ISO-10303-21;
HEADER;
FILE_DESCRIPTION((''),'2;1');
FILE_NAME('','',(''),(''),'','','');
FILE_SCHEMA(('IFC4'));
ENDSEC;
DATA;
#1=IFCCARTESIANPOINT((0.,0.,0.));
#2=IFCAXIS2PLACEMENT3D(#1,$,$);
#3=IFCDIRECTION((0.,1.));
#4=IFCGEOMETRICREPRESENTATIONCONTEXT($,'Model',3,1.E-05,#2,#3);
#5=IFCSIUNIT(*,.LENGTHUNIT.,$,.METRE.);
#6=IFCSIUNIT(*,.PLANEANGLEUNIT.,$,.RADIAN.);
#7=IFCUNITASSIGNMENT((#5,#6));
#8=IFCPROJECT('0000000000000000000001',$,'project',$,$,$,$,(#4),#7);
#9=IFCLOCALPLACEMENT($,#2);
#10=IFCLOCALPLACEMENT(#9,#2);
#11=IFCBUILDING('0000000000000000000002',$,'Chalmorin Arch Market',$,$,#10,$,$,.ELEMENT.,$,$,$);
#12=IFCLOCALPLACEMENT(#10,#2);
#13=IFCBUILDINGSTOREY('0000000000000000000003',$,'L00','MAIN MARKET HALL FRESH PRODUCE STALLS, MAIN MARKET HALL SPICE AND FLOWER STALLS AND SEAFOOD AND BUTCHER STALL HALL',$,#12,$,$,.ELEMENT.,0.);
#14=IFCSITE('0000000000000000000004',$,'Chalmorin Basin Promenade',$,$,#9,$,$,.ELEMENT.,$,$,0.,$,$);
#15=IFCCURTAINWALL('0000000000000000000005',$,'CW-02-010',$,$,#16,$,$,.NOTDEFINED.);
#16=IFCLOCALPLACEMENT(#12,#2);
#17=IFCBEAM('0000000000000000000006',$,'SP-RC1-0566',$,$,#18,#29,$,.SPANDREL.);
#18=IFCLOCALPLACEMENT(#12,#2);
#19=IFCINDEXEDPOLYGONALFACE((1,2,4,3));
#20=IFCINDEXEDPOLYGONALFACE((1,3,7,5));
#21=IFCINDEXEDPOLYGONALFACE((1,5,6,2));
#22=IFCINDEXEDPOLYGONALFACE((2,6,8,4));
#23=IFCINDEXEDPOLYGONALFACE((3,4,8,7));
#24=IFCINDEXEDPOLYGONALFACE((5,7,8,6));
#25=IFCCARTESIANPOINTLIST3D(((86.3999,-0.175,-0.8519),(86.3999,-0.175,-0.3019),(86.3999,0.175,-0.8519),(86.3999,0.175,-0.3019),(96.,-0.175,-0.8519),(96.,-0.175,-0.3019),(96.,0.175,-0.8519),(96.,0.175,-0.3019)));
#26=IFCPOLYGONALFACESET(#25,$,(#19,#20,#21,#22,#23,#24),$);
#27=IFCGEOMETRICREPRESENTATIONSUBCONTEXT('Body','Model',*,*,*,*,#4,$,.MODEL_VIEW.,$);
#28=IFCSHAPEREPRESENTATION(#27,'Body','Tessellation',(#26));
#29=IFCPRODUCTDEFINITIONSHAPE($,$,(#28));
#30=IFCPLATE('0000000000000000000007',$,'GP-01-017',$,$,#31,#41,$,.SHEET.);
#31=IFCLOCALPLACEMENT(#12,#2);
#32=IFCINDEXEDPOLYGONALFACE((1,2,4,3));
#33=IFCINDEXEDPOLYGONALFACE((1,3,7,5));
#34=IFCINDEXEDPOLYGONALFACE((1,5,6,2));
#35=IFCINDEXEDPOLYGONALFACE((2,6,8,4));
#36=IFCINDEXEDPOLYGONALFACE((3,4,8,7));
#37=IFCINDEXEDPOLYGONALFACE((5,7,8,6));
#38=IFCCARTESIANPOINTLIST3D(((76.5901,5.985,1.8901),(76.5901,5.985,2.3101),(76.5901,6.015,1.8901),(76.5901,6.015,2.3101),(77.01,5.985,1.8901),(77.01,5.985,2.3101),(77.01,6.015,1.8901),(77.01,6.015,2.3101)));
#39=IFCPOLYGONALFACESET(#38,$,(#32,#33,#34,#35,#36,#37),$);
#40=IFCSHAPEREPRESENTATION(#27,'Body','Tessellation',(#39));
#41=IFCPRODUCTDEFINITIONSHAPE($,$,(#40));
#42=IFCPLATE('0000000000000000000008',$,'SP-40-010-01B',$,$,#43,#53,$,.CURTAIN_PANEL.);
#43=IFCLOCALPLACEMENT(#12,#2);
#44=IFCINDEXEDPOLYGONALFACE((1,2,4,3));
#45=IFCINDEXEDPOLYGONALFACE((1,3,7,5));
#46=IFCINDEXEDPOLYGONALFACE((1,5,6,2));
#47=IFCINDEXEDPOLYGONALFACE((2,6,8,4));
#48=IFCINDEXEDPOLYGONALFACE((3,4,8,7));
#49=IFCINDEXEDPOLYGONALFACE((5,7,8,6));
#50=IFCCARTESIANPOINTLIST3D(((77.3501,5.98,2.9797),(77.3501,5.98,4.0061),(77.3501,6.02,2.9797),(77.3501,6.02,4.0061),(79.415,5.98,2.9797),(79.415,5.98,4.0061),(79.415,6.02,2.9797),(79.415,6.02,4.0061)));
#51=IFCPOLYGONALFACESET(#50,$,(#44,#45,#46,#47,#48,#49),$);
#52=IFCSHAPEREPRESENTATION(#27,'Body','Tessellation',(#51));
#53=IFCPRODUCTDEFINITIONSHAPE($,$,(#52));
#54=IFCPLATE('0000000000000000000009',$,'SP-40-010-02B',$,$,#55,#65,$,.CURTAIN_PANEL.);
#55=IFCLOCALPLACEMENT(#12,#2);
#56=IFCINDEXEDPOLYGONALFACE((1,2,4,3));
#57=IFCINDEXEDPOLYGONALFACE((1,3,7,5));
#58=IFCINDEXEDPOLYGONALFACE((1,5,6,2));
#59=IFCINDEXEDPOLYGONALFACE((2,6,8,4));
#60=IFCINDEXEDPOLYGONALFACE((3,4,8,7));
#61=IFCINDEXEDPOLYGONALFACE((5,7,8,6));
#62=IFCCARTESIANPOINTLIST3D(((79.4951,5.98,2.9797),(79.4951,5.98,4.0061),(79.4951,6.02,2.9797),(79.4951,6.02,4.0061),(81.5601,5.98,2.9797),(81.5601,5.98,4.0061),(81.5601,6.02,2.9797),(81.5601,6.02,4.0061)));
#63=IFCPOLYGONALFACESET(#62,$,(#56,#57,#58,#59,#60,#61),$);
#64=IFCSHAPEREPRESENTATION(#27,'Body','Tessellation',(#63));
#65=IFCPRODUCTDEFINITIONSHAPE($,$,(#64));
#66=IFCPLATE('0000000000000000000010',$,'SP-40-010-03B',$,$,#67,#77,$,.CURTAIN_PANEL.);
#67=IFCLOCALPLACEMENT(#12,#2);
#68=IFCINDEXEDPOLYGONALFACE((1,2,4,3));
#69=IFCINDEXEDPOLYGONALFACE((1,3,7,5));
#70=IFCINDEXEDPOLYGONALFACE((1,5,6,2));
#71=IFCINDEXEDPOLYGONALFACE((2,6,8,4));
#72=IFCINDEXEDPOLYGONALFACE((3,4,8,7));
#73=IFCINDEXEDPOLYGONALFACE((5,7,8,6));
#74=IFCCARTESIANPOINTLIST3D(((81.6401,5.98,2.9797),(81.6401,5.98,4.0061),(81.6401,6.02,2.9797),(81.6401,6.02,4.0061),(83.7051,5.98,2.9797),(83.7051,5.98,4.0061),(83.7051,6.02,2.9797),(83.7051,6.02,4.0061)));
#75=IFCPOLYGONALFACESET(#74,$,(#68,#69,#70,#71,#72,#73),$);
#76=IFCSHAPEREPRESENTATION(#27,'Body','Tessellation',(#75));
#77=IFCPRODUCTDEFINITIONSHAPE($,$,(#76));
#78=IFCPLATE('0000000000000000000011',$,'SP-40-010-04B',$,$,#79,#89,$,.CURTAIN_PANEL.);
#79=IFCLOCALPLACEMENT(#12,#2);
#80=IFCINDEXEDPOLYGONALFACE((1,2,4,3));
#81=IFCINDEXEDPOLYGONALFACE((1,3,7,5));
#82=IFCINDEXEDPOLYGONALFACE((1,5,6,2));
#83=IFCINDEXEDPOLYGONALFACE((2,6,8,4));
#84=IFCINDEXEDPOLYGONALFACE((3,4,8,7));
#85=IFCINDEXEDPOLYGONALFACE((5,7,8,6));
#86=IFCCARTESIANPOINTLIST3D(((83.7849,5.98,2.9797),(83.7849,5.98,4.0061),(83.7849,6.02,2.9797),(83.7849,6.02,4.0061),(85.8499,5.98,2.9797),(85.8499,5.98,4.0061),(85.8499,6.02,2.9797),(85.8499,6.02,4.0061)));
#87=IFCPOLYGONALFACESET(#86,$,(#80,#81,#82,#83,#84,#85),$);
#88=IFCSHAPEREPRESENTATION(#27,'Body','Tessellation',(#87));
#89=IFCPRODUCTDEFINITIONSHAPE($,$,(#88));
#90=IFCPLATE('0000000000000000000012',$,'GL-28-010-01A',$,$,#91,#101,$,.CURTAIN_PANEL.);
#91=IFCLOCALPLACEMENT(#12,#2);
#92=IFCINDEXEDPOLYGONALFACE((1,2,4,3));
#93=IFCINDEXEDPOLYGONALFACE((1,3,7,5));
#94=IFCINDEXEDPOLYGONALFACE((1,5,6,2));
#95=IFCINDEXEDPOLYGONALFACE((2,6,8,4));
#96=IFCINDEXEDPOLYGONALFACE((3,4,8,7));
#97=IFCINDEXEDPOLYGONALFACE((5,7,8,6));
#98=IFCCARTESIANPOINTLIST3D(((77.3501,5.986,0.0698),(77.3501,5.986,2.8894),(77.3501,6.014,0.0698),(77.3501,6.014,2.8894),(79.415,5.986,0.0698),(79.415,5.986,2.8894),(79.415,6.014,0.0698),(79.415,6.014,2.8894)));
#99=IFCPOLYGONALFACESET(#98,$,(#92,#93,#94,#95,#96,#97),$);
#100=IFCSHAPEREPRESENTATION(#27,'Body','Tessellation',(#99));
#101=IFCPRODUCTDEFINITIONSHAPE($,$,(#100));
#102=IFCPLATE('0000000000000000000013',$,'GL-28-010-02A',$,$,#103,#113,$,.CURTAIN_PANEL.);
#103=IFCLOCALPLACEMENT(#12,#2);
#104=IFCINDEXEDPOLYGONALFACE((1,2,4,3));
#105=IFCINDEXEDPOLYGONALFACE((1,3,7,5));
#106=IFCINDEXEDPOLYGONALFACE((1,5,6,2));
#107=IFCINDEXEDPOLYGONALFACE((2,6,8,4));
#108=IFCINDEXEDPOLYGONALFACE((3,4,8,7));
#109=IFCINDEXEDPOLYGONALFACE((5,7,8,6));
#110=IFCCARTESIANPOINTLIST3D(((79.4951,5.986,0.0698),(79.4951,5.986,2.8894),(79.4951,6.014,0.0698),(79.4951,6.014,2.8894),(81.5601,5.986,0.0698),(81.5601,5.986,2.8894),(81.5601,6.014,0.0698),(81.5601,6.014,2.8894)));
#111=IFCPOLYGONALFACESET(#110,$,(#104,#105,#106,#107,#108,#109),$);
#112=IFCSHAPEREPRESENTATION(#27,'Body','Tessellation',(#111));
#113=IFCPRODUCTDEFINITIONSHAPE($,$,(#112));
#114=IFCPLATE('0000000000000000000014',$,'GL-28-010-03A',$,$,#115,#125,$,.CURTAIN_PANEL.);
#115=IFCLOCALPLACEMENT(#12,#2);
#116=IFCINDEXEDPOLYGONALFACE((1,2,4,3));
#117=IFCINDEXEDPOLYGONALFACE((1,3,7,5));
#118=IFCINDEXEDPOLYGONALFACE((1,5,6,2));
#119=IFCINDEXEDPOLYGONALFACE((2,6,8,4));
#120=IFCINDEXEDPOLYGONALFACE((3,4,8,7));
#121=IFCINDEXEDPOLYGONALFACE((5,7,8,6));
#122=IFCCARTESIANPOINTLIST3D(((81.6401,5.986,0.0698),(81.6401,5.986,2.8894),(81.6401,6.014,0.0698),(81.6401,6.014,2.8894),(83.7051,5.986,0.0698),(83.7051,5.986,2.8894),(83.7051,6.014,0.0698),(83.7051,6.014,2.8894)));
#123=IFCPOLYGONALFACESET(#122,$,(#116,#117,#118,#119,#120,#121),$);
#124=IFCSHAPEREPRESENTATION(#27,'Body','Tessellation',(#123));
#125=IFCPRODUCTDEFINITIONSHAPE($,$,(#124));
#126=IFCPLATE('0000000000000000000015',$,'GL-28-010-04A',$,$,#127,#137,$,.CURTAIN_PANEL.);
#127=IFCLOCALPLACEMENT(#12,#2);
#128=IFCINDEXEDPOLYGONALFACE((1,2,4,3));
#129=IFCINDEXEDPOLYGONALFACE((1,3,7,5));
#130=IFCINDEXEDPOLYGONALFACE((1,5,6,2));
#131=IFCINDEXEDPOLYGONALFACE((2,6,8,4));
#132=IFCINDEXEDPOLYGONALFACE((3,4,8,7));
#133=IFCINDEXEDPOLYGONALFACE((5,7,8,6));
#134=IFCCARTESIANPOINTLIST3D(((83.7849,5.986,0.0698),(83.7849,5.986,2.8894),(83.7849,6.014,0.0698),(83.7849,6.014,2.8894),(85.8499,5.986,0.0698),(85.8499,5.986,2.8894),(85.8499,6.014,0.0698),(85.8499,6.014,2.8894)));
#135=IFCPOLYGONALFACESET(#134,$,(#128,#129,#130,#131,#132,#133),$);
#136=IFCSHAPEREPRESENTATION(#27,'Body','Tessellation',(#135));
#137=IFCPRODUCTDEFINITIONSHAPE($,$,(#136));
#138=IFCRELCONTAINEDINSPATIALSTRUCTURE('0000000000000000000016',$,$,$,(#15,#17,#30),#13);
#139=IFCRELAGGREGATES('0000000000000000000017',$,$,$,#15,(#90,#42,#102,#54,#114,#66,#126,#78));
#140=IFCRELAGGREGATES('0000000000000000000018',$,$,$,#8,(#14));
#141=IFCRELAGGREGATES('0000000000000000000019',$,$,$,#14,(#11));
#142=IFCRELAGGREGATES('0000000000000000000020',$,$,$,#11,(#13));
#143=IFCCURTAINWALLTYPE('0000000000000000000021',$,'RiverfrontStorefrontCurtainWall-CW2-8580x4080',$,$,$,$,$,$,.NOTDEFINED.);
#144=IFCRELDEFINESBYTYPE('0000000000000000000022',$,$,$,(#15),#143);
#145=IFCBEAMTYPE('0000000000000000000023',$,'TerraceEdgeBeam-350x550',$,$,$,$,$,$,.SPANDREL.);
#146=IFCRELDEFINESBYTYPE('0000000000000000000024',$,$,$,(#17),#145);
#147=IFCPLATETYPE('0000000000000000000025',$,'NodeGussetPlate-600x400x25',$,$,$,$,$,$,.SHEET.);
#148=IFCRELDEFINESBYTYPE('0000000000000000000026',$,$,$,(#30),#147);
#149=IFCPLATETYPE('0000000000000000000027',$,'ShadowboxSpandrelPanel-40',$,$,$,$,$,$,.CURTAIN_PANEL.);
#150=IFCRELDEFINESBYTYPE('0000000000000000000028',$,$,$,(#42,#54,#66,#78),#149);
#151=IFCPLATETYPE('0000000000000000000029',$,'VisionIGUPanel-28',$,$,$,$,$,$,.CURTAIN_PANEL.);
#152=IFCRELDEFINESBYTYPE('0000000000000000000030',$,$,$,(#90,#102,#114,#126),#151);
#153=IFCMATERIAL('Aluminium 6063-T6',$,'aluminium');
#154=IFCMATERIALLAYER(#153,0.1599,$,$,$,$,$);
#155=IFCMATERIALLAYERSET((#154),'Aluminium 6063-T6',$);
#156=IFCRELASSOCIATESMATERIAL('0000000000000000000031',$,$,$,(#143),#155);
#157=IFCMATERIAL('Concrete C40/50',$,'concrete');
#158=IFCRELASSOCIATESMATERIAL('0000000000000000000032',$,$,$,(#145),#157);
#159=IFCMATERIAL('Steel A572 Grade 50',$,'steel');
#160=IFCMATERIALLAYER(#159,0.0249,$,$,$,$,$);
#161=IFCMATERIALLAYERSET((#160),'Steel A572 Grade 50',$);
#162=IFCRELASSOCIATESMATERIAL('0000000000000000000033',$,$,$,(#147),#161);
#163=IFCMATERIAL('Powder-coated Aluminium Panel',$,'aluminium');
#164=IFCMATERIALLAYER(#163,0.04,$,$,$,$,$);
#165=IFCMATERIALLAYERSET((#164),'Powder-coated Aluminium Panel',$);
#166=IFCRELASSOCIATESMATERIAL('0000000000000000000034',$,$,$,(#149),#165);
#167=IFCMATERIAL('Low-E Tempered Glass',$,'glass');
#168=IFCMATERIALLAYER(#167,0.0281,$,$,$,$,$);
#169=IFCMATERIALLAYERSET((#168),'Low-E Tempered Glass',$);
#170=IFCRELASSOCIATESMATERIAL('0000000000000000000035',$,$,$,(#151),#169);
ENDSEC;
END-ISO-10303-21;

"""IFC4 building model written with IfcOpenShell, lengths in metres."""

from ifc_helpers import new_model, si_unit, direction, frame, origin, origin_2d, place, context, subcontext, project, spatial, rectangle, extrude, material, layer, layer_set, material_profile, profile_set, type_object, element, aggregate, save


model = new_model("IFC4")

# Units and contexts
model_context = context("Model", 3, precision=1e-05, world=origin(), true_north=direction((0.0, 1.0)))
body_context = subcontext(model_context, "Body", "Model", "MODEL_VIEW")
ifc_project = project(units=[si_unit("LENGTHUNIT", "METRE"), si_unit("PLANEANGLEUNIT", "RADIAN")], contexts=[model_context])

# Site, building, storey
site_placement = place(None, origin())
site = spatial("IfcSite", under=ifc_project, at=site_placement, Name="Chalmorin Basin Promenade", CompositionType="ELEMENT", RefElevation=0.0)
building_placement = place(site_placement, origin())
building = spatial("IfcBuilding", under=site, at=building_placement, Name="Chalmorin Arch Market", CompositionType="ELEMENT")
storey_placement = place(building_placement, origin())
storey = spatial("IfcBuildingStorey", under=building, at=storey_placement, Name="L00", Description="MAIN MARKET HALL FRESH PRODUCE STALLS, MAIN MARKET HALL SPICE AND FLOWER STALLS AND SEAFOOD AND BUTCHER STALL HALL", CompositionType="ELEMENT", Elevation=0.0)

# Shared definitions
ifc_material_1 = material(Name="Concrete C40/50", Category="concrete")

# Curtain wall
ifc_material_2 = material(Name="Aluminium 6063-T6", Category="aluminium")
ifc_layer_1 = layer(ifc_material_2, 0.1599)
ifc_layer_set_1 = layer_set([ifc_layer_1], Name="Aluminium 6063-T6")
curtain_wall_type = type_object("IfcCurtainWallType", Name="RiverfrontStorefrontCurtainWall-CW2-8580x4080", PredefinedType="NOTDEFINED", material=ifc_layer_set_1)
curtain_wall_placement = place(storey_placement, origin())
curtain_wall = element("IfcCurtainWall", 1, at=curtain_wall_placement, inside=storey, type_object=curtain_wall_type, Name="CW-02-010", PredefinedType="NOTDEFINED")

# Beam
ifc_material_profile_1 = material_profile(ifc_material_1, rectangle(XDim=0.3501, YDim=0.55, at=origin_2d()), Name="RC350X550")
ifc_profile_set_1 = profile_set([ifc_material_profile_1], Name="Concrete C40/50")
beam_type_1 = type_object("IfcBeamType", Name="TerraceEdgeBeam-350x550", PredefinedType="SPANDREL", material=ifc_profile_set_1)
beam_1_placement = place(storey_placement, frame((86.3999, 0.0, -0.5769), z_axis=(1.0, 0.0, 0.0), x_axis=(0.0, 1.0, 0.0)))
element("IfcBeam", 2, at=beam_1_placement, inside=storey, type_object=beam_type_1, Name="SP-RC1-0566", PredefinedType="SPANDREL", context=body_context, shape_type="SweptSolid", body=[
    extrude(rectangle(XDim=0.3501, YDim=0.55, at=origin_2d()), origin(), (0.0, 0.0, 1.0), 9.6001),
])

# Plates
ifc_material_3 = material(Name="Steel A572 Grade 50", Category="steel")
ifc_layer_2 = layer(ifc_material_3, 0.0249)
ifc_layer_set_2 = layer_set([ifc_layer_2], Name="Steel A572 Grade 50")
plate_type_1 = type_object("IfcPlateType", Name="NodeGussetPlate-600x400x25", PredefinedType="SHEET", material=ifc_layer_set_2)
plate_1_placement = place(storey_placement, frame((76.8, 6.0, 1.8901), z_axis=(0.0, 0.0, 1.0), x_axis=(1.0, 0.0, 0.0)))
element("IfcPlate", 3, at=plate_1_placement, inside=storey, type_object=plate_type_1, Name="GP-01-017", PredefinedType="SHEET", context=body_context, shape_type="SweptSolid", body=[
    extrude(rectangle(XDim=0.4199, YDim=0.03, at=origin_2d()), origin(), (0.0, 0.0, 1.0), 0.4199),
])
ifc_material_4 = material(Name="Powder-coated Aluminium Panel", Category="aluminium")
ifc_layer_3 = layer(ifc_material_4, 0.04)
ifc_layer_set_3 = layer_set([ifc_layer_3], Name="Powder-coated Aluminium Panel")
plate_type_2 = type_object("IfcPlateType", Name="ShadowboxSpandrelPanel-40", PredefinedType="CURTAIN_PANEL", material=ifc_layer_set_3)
plate_2_placement = place(storey_placement, frame((78.3826, 6.0, 2.9797), z_axis=(0.0, 0.0, 1.0), x_axis=(1.0, 0.0, 0.0)))
plate_2 = element("IfcPlate", 4, at=plate_2_placement, type_object=plate_type_2, Name="SP-40-010-01B", PredefinedType="CURTAIN_PANEL", context=body_context, shape_type="SweptSolid", body=[
    extrude(rectangle(XDim=2.0649, YDim=0.04, at=origin_2d()), origin(), (0.0, 0.0, 1.0), 1.0264),
])
plate_3_placement = place(storey_placement, frame((80.5276, 6.0, 2.9797), z_axis=(0.0, 0.0, 1.0), x_axis=(1.0, 0.0, 0.0)))
plate_3 = element("IfcPlate", 5, at=plate_3_placement, type_object=plate_type_2, Name="SP-40-010-02B", PredefinedType="CURTAIN_PANEL", context=body_context, shape_type="SweptSolid", body=[
    extrude(rectangle(XDim=2.0649, YDim=0.04, at=origin_2d()), origin(), (0.0, 0.0, 1.0), 1.0264),
])
plate_4_placement = place(storey_placement, frame((82.6726, 6.0, 2.9797), z_axis=(0.0, 0.0, 1.0), x_axis=(1.0, 0.0, 0.0)))
plate_4 = element("IfcPlate", 6, at=plate_4_placement, type_object=plate_type_2, Name="SP-40-010-03B", PredefinedType="CURTAIN_PANEL", context=body_context, shape_type="SweptSolid", body=[
    extrude(rectangle(XDim=2.0649, YDim=0.04, at=origin_2d()), origin(), (0.0, 0.0, 1.0), 1.0264),
])
plate_5_placement = place(storey_placement, frame((84.8174, 6.0, 2.9797), z_axis=(0.0, 0.0, 1.0), x_axis=(1.0, 0.0, 0.0)))
plate_5 = element("IfcPlate", 7, at=plate_5_placement, type_object=plate_type_2, Name="SP-40-010-04B", PredefinedType="CURTAIN_PANEL", context=body_context, shape_type="SweptSolid", body=[
    extrude(rectangle(XDim=2.0649, YDim=0.04, at=origin_2d()), origin(), (0.0, 0.0, 1.0), 1.0264),
])
ifc_material_5 = material(Name="Low-E Tempered Glass", Category="glass")
ifc_layer_4 = layer(ifc_material_5, 0.0281)
ifc_layer_set_4 = layer_set([ifc_layer_4], Name="Low-E Tempered Glass")
plate_type_3 = type_object("IfcPlateType", Name="VisionIGUPanel-28", PredefinedType="CURTAIN_PANEL", material=ifc_layer_set_4)
plate_6_placement = place(storey_placement, frame((78.3826, 6.0, 0.0698), z_axis=(0.0, 0.0, 1.0), x_axis=(1.0, 0.0, 0.0)))
plate_6 = element("IfcPlate", 8, at=plate_6_placement, type_object=plate_type_3, Name="GL-28-010-01A", PredefinedType="CURTAIN_PANEL", context=body_context, shape_type="SweptSolid", body=[
    extrude(rectangle(XDim=2.0649, YDim=0.0281, at=origin_2d()), origin(), (0.0, 0.0, 1.0), 2.8196),
])
plate_7_placement = place(storey_placement, frame((80.5276, 6.0, 0.0698), z_axis=(0.0, 0.0, 1.0), x_axis=(1.0, 0.0, 0.0)))
plate_7 = element("IfcPlate", 9, at=plate_7_placement, type_object=plate_type_3, Name="GL-28-010-02A", PredefinedType="CURTAIN_PANEL", context=body_context, shape_type="SweptSolid", body=[
    extrude(rectangle(XDim=2.0649, YDim=0.0281, at=origin_2d()), origin(), (0.0, 0.0, 1.0), 2.8196),
])
plate_8_placement = place(storey_placement, frame((82.6726, 6.0, 0.0698), z_axis=(0.0, 0.0, 1.0), x_axis=(1.0, 0.0, 0.0)))
plate_8 = element("IfcPlate", 10, at=plate_8_placement, type_object=plate_type_3, Name="GL-28-010-03A", PredefinedType="CURTAIN_PANEL", context=body_context, shape_type="SweptSolid", body=[
    extrude(rectangle(XDim=2.0649, YDim=0.0281, at=origin_2d()), origin(), (0.0, 0.0, 1.0), 2.8196),
])
plate_9_placement = place(storey_placement, frame((84.8174, 6.0, 0.0698), z_axis=(0.0, 0.0, 1.0), x_axis=(1.0, 0.0, 0.0)))
plate_9 = element("IfcPlate", 11, at=plate_9_placement, type_object=plate_type_3, Name="GL-28-010-04A", PredefinedType="CURTAIN_PANEL", context=body_context, shape_type="SweptSolid", body=[
    extrude(rectangle(XDim=2.0649, YDim=0.0281, at=origin_2d()), origin(), (0.0, 0.0, 1.0), 2.8196),
])
aggregate(curtain_wall, [plate_6, plate_2, plate_7, plate_3, plate_8, plate_4, plate_9, plate_5])

save(model, "model.ifc")
